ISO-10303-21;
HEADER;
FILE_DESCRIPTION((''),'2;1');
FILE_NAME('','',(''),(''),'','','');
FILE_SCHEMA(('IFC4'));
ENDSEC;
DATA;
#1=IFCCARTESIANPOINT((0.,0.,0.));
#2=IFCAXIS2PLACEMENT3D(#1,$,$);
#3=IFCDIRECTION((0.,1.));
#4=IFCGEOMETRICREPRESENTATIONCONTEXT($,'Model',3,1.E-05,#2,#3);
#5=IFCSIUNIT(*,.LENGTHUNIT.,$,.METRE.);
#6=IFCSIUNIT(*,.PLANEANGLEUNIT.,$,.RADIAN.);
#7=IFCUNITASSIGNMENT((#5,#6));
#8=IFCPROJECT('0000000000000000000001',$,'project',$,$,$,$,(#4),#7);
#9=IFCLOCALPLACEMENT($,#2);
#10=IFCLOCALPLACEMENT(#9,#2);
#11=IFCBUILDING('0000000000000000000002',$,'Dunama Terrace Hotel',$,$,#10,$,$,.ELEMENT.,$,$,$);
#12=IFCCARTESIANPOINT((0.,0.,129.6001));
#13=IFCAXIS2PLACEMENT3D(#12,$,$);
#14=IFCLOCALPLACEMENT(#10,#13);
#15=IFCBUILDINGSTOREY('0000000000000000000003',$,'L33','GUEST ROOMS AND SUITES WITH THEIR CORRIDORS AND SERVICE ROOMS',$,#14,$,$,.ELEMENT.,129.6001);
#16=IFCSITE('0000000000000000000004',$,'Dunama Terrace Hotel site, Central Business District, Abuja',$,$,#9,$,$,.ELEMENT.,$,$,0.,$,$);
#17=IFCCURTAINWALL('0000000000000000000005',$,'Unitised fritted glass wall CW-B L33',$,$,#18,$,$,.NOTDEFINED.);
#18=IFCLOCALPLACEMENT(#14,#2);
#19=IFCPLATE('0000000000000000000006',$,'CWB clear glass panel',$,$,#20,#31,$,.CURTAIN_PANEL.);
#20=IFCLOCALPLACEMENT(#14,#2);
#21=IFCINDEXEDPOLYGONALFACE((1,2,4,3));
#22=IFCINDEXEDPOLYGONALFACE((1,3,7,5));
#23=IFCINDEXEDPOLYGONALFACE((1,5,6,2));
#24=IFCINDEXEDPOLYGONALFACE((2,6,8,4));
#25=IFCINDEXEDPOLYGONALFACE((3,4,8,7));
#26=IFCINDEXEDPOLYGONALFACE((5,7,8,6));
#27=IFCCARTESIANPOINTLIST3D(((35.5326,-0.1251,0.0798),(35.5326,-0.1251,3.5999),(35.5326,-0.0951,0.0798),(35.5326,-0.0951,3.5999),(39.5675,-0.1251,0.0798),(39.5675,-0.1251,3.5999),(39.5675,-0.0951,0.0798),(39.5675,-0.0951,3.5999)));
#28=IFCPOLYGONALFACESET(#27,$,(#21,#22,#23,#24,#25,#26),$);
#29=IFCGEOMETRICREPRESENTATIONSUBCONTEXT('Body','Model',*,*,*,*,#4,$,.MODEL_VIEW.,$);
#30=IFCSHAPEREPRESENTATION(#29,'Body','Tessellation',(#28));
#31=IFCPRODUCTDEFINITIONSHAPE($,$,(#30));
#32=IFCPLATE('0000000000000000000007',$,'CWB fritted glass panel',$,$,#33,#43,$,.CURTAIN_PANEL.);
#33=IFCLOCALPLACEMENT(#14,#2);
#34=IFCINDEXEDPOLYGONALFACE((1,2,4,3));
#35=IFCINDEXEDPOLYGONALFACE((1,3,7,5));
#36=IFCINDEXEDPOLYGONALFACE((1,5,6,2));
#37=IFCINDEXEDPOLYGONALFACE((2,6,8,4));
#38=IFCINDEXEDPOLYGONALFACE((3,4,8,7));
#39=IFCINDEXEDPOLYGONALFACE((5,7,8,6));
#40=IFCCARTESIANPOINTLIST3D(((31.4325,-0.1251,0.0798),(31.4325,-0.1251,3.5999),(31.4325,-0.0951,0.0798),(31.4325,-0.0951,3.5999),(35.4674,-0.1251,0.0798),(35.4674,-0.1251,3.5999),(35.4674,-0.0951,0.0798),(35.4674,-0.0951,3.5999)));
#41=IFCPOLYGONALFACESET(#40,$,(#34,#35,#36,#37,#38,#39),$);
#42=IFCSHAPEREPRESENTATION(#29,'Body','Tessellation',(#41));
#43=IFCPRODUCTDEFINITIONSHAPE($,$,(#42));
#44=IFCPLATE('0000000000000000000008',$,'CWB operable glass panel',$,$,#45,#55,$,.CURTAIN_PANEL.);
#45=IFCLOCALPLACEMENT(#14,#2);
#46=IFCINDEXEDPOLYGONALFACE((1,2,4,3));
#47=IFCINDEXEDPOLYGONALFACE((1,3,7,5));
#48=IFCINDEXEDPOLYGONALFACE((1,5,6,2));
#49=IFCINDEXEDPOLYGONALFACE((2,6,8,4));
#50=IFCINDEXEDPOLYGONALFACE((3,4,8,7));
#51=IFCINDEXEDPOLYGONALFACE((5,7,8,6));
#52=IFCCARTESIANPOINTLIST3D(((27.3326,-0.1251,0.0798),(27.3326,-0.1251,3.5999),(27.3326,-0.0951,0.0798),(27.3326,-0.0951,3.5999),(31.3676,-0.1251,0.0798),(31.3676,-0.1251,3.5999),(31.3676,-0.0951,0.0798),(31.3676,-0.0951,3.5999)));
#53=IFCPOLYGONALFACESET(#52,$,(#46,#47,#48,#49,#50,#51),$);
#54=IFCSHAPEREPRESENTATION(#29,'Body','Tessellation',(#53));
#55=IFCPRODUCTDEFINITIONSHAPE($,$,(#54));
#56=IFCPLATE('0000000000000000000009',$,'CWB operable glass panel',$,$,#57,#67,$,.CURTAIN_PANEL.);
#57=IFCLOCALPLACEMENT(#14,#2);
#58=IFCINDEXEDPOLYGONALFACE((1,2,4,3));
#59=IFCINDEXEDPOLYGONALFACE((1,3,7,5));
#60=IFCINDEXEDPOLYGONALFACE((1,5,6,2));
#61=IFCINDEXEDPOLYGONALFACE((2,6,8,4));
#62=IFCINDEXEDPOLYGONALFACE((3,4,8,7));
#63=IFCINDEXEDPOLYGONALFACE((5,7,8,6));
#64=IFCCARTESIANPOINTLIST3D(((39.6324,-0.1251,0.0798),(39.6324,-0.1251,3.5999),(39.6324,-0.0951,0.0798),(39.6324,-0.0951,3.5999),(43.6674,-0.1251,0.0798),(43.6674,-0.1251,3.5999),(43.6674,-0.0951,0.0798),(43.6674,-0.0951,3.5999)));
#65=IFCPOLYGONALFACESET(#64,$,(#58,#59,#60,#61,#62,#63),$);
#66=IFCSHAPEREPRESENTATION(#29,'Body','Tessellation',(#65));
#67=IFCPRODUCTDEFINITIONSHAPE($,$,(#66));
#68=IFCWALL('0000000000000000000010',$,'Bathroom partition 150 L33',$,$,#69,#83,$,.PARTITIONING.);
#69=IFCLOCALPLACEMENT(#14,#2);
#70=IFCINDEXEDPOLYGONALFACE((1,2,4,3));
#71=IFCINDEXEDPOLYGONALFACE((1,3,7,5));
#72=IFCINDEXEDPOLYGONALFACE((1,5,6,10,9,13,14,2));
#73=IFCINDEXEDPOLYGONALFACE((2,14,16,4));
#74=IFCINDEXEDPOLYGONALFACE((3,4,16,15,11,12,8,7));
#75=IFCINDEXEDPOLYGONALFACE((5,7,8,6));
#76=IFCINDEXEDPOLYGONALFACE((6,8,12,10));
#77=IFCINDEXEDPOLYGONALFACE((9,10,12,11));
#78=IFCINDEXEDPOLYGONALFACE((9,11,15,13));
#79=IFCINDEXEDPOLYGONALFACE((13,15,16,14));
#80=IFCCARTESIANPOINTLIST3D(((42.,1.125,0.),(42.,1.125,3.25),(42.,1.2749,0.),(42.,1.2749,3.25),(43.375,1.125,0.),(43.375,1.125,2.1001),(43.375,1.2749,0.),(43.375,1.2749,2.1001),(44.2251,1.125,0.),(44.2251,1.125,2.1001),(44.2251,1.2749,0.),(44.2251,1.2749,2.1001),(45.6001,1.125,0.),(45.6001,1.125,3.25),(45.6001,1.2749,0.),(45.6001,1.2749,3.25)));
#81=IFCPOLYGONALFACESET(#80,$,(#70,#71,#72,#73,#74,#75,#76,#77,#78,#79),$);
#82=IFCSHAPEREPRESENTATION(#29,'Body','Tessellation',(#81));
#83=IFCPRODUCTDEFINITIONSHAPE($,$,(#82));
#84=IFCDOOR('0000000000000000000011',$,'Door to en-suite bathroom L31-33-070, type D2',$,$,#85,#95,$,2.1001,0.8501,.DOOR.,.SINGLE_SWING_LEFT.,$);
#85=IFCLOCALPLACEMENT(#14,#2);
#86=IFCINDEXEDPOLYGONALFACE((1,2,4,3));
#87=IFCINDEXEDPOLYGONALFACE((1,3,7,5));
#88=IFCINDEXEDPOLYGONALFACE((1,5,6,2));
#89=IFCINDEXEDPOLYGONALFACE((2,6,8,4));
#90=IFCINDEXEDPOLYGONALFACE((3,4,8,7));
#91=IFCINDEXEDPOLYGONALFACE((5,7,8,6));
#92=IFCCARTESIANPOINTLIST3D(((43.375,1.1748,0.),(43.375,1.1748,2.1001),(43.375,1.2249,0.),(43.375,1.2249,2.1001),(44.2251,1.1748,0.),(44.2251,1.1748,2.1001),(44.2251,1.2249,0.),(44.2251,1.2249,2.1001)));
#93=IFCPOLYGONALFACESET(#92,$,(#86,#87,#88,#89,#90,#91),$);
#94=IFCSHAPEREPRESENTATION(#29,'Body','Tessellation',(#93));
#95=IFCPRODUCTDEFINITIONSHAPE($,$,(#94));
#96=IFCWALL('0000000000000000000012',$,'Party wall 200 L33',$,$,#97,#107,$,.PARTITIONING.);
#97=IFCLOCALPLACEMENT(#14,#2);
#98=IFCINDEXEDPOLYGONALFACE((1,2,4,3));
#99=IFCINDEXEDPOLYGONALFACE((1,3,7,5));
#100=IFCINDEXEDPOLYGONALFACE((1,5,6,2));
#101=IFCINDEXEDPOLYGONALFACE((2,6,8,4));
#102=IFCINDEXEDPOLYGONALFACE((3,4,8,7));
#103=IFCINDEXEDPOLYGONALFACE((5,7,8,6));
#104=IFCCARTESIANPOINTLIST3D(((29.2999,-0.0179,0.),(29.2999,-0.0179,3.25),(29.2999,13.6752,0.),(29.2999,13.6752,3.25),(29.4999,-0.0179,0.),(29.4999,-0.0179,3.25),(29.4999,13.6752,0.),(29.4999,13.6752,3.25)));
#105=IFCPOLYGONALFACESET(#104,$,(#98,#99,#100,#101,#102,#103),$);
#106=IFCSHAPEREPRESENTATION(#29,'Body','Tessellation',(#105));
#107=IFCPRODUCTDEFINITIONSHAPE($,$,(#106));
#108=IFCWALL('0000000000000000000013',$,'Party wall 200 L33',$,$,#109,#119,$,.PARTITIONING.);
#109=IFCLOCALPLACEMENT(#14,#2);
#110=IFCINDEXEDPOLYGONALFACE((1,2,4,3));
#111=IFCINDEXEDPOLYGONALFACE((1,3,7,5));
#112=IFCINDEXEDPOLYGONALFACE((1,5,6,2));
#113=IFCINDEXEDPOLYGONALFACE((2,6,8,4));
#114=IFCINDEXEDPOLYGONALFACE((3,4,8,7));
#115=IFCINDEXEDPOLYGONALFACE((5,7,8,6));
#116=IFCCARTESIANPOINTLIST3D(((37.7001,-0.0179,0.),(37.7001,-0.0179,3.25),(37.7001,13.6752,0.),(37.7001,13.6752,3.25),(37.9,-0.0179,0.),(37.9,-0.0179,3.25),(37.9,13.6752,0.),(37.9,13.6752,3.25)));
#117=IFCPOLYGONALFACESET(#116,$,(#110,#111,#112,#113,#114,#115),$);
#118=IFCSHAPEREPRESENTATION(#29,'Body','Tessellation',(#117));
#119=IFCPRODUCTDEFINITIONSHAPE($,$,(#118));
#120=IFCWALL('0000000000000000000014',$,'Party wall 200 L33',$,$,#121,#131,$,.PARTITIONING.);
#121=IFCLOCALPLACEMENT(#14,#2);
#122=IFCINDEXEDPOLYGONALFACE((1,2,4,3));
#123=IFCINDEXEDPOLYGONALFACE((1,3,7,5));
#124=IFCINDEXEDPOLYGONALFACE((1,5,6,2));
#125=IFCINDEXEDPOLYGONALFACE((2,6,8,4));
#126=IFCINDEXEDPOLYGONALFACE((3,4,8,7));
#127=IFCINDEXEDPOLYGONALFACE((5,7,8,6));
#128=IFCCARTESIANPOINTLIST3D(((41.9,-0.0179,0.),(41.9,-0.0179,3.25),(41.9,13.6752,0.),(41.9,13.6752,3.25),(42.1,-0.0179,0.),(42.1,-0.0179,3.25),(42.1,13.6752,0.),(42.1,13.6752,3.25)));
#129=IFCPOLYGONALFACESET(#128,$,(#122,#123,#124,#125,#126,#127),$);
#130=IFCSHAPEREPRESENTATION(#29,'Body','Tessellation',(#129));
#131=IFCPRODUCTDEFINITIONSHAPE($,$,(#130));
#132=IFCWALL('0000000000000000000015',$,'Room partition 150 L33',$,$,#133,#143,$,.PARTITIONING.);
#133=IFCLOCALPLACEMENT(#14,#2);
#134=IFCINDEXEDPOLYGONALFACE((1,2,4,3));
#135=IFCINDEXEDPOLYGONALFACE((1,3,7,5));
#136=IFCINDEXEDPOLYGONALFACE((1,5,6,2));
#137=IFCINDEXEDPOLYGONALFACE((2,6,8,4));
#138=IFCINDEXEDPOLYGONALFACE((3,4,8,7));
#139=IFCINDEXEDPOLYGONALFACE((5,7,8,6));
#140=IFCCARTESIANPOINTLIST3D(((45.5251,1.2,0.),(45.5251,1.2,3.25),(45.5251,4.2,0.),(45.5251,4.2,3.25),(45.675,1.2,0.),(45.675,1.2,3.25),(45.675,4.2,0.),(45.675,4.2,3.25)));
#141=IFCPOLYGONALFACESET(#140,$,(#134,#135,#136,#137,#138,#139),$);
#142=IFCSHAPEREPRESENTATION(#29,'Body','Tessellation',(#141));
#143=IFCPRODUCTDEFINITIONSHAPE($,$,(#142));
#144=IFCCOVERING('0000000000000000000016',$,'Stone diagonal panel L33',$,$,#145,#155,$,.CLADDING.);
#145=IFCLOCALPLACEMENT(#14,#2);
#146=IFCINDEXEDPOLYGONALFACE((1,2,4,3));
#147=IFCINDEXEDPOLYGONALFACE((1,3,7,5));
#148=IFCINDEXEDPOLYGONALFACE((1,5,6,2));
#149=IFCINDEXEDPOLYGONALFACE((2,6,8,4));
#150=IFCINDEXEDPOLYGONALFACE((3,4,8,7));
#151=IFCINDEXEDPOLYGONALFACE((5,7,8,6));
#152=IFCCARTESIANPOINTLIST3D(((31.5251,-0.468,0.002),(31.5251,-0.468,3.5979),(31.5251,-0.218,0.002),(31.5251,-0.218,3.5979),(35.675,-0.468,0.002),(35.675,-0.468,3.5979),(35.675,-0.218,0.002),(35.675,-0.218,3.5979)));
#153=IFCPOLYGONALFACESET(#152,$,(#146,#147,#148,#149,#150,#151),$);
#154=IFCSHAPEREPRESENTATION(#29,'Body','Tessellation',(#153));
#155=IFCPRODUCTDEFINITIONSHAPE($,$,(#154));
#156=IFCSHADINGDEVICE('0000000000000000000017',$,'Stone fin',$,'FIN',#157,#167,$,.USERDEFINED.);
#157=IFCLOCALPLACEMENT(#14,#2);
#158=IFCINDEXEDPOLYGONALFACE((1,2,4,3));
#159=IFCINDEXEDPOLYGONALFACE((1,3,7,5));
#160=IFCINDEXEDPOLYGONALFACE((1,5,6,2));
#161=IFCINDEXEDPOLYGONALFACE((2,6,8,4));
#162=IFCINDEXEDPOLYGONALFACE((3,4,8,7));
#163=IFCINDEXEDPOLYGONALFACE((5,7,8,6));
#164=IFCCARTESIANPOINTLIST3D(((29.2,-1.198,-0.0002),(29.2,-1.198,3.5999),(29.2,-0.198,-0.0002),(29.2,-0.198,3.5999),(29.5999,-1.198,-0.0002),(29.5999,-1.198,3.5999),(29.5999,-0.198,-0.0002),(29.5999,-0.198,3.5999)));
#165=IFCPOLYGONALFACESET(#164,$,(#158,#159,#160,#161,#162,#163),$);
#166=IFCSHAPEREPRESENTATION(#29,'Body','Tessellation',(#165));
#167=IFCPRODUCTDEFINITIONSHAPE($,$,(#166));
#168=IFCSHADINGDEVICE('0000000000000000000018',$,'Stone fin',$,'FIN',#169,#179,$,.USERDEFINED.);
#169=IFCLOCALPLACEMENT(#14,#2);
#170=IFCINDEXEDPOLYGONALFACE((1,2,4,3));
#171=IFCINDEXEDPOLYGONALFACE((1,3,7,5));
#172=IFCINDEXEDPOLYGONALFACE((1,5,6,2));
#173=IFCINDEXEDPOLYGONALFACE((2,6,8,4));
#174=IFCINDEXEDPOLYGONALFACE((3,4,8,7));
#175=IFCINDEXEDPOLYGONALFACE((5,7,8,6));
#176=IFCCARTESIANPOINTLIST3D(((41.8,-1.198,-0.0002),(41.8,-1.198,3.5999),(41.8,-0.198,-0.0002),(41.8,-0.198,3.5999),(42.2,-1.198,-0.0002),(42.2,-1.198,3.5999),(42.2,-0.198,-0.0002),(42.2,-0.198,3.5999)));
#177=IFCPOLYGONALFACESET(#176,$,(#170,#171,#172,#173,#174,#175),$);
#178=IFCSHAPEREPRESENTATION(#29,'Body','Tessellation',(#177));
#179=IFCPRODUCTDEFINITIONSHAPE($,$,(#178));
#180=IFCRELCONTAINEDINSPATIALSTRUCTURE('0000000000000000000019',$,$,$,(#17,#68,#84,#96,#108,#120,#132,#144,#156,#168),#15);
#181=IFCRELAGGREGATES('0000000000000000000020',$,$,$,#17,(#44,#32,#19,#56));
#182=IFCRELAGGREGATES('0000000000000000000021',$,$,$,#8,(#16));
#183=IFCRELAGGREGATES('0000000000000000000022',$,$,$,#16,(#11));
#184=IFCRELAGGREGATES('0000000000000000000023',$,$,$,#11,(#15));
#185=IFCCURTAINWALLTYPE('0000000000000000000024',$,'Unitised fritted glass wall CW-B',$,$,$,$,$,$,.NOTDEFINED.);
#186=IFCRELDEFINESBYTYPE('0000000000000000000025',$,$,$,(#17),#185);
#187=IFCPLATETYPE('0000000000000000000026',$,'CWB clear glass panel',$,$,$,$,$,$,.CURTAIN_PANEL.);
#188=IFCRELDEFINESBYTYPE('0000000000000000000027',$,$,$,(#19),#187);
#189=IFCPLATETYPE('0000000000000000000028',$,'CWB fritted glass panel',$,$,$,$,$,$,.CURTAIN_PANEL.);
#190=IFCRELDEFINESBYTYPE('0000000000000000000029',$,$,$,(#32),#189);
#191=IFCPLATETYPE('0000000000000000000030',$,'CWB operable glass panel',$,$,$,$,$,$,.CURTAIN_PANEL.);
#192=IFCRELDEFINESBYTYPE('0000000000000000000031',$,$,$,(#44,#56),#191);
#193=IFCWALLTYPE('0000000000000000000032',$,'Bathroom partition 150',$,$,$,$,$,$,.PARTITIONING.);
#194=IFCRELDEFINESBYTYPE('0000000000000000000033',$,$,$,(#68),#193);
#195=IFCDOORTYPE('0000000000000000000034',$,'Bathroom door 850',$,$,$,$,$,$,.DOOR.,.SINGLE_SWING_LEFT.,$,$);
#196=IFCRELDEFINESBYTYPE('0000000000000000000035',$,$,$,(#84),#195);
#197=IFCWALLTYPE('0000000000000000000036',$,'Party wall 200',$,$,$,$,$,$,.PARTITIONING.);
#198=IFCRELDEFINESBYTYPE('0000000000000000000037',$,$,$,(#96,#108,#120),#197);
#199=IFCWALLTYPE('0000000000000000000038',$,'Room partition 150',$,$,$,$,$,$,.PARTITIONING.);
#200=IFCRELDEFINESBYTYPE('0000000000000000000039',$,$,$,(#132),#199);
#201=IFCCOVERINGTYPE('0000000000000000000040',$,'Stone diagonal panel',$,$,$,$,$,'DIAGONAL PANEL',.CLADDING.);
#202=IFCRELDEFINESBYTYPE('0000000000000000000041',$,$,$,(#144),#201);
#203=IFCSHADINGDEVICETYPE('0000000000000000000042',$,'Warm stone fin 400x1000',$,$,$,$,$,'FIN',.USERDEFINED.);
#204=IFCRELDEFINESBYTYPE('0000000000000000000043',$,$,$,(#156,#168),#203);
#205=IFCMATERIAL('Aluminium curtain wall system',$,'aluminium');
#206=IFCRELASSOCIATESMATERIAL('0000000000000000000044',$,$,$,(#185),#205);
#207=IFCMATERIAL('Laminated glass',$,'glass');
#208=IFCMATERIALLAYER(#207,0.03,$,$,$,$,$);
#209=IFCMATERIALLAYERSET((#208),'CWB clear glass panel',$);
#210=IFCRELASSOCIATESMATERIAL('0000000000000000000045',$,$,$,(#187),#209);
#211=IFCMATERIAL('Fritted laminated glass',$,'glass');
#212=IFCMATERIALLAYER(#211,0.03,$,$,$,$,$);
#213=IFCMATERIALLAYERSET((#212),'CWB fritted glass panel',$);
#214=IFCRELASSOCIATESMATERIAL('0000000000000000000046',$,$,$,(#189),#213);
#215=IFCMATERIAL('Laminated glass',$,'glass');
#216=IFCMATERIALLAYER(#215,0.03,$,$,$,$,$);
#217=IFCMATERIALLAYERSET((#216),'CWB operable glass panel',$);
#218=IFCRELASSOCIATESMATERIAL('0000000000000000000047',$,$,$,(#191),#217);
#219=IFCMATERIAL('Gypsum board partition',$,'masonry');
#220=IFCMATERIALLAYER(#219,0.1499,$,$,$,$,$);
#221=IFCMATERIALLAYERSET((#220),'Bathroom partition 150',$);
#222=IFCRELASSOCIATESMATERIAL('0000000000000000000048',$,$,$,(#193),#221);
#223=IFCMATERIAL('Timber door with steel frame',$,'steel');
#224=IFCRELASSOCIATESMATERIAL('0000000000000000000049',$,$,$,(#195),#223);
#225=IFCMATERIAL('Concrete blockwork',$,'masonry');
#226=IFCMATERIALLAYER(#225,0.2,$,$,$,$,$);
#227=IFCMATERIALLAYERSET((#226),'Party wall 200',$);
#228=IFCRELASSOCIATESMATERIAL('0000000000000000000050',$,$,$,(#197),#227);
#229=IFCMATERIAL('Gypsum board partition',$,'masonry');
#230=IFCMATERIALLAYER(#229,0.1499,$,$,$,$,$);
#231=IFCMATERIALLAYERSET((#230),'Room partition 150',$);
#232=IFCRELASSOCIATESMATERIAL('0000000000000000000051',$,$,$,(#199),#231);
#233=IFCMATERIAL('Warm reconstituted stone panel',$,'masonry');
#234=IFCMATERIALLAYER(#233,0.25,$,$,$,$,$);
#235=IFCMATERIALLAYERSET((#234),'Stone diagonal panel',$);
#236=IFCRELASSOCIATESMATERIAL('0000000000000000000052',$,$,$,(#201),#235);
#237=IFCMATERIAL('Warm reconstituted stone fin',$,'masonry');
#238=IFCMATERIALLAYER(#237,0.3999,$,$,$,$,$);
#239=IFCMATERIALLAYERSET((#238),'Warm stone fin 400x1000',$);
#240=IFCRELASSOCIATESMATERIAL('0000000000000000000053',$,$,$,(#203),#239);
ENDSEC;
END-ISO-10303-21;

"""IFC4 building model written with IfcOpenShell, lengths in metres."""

from ifc_helpers import new_model, si_unit, direction, frame, frame_2d, origin, origin_2d, place, context, subcontext, project, spatial, rectangle, extrude, material, layer, layer_set, type_object, element, fill, aggregate, save


model = new_model("IFC4")

# Units and contexts
model_context = context("Model", 3, precision=1e-05, world=origin(), true_north=direction((0.0, 1.0)))
body_context = subcontext(model_context, "Body", "Model", "MODEL_VIEW")
ifc_project = project(units=[si_unit("LENGTHUNIT", "METRE"), si_unit("PLANEANGLEUNIT", "RADIAN")], contexts=[model_context])

# Site, building, storey
site_placement = place(None, origin())
site = spatial("IfcSite", under=ifc_project, at=site_placement, Name="Dunama Terrace Hotel site, Central Business District, Abuja", CompositionType="ELEMENT", RefElevation=0.0)
building_placement = place(site_placement, origin())
building = spatial("IfcBuilding", under=site, at=building_placement, Name="Dunama Terrace Hotel", CompositionType="ELEMENT")
storey_placement = place(building_placement, frame((0.0, 0.0, 129.6001)))
storey = spatial("IfcBuildingStorey", under=building, at=storey_placement, Name="L33", Description="GUEST ROOMS AND SUITES WITH THEIR CORRIDORS AND SERVICE ROOMS", CompositionType="ELEMENT", Elevation=129.6001)

# Curtain wall
ifc_material_1 = material(Name="Aluminium curtain wall system", Category="aluminium")
curtain_wall_type = type_object("IfcCurtainWallType", Name="Unitised fritted glass wall CW-B", PredefinedType="NOTDEFINED", material=ifc_material_1)
curtain_wall_placement = place(storey_placement, origin())
curtain_wall = element("IfcCurtainWall", 1, at=curtain_wall_placement, inside=storey, type_object=curtain_wall_type, Name="Unitised fritted glass wall CW-B L33", PredefinedType="NOTDEFINED")

# Plates
ifc_material_2 = material(Name="Laminated glass", Category="glass")
ifc_layer_1 = layer(ifc_material_2, 0.03)
ifc_layer_set_1 = layer_set([ifc_layer_1], Name="CWB clear glass panel")
plate_type_1 = type_object("IfcPlateType", Name="CWB clear glass panel", PredefinedType="CURTAIN_PANEL", material=ifc_layer_set_1)
plate_1_placement = place(storey_placement, frame((37.55, -0.1101, 0.0798), z_axis=(0.0, 0.0, 1.0), x_axis=(1.0, 0.0, 0.0)))
plate_1 = element("IfcPlate", 2, at=plate_1_placement, type_object=plate_type_1, Name="CWB clear glass panel", PredefinedType="CURTAIN_PANEL", context=body_context, shape_type="SweptSolid", body=[
    extrude(rectangle(XDim=4.0349, YDim=0.03, at=origin_2d()), origin(), (0.0, 0.0, 1.0), 3.52),
])
ifc_material_3 = material(Name="Fritted laminated glass", Category="glass")
ifc_layer_2 = layer(ifc_material_3, 0.03)
ifc_layer_set_2 = layer_set([ifc_layer_2], Name="CWB fritted glass panel")
plate_type_2 = type_object("IfcPlateType", Name="CWB fritted glass panel", PredefinedType="CURTAIN_PANEL", material=ifc_layer_set_2)
plate_2_placement = place(storey_placement, frame((33.45, -0.1101, 0.0798), z_axis=(0.0, 0.0, 1.0), x_axis=(1.0, 0.0, 0.0)))
plate_2 = element("IfcPlate", 3, at=plate_2_placement, type_object=plate_type_2, Name="CWB fritted glass panel", PredefinedType="CURTAIN_PANEL", context=body_context, shape_type="SweptSolid", body=[
    extrude(rectangle(XDim=4.0349, YDim=0.03, at=origin_2d()), origin(), (0.0, 0.0, 1.0), 3.52),
])
ifc_material_4 = material(Name="Laminated glass", Category="glass")
ifc_layer_3 = layer(ifc_material_4, 0.03)
ifc_layer_set_3 = layer_set([ifc_layer_3], Name="CWB operable glass panel")
plate_type_3 = type_object("IfcPlateType", Name="CWB operable glass panel", PredefinedType="CURTAIN_PANEL", material=ifc_layer_set_3)
plate_3_placement = place(storey_placement, frame((29.3501, -0.1101, 0.0798), z_axis=(0.0, 0.0, 1.0), x_axis=(1.0, 0.0, 0.0)))
plate_3 = element("IfcPlate", 4, at=plate_3_placement, type_object=plate_type_3, Name="CWB operable glass panel", PredefinedType="CURTAIN_PANEL", context=body_context, shape_type="SweptSolid", body=[
    extrude(rectangle(XDim=4.0349, YDim=0.03, at=origin_2d()), origin(), (0.0, 0.0, 1.0), 3.52),
])
plate_4_placement = place(storey_placement, frame((41.6499, -0.1101, 0.0798), z_axis=(0.0, 0.0, 1.0), x_axis=(1.0, 0.0, 0.0)))
plate_4 = element("IfcPlate", 5, at=plate_4_placement, type_object=plate_type_3, Name="CWB operable glass panel", PredefinedType="CURTAIN_PANEL", context=body_context, shape_type="SweptSolid", body=[
    extrude(rectangle(XDim=4.0349, YDim=0.03, at=origin_2d()), origin(), (0.0, 0.0, 1.0), 3.52),
])
aggregate(curtain_wall, [plate_3, plate_2, plate_1, plate_4])

# Wall, opening, door
ifc_material_5 = material(Name="Gypsum board partition", Category="masonry")
ifc_layer_4 = layer(ifc_material_5, 0.1499)
ifc_layer_set_4 = layer_set([ifc_layer_4], Name="Bathroom partition 150")
wall_type_1 = type_object("IfcWallType", Name="Bathroom partition 150", PredefinedType="PARTITIONING", material=ifc_layer_set_4)
wall_1_placement = place(storey_placement, frame((42.0, 1.2, 0.0), z_axis=(0.0, 0.0, 1.0), x_axis=(1.0, 0.0, 0.0)))
wall_1 = element("IfcWall", 6, at=wall_1_placement, inside=storey, type_object=wall_type_1, Name="Bathroom partition 150 L33", PredefinedType="PARTITIONING", context=body_context, shape_type="SweptSolid", body=[
    extrude(rectangle(XDim=3.6001, YDim=0.1499, at=frame_2d((1.8, 0.0))), origin(), (0.0, 0.0, 1.0), 3.25),
])
opening_placement = place(wall_1_placement, frame((1.375, 0.0, 0.0)))
opening = element("IfcOpeningElement", 7, at=opening_placement, cuts=wall_1, PredefinedType="OPENING", context=body_context, shape_type="SweptSolid", body=[
    extrude(rectangle(XDim=0.8501, YDim=2.1001, at=frame_2d((0.425, 1.05))), frame((0.0, 0.085, 0.0), z_axis=(0.0, -1.0, 0.0), x_axis=(1.0, 0.0, 0.0)), (0.0, 0.0, 1.0), 0.1699),
])
ifc_material_6 = material(Name="Timber door with steel frame", Category="steel")
door_type = type_object("IfcDoorType", Name="Bathroom door 850", OperationType="SINGLE_SWING_LEFT", PredefinedType="DOOR", material=ifc_material_6)
door_placement = place(opening_placement, origin())
door = element("IfcDoor", 8, at=door_placement, inside=storey, type_object=door_type, Name="Door to en-suite bathroom L31-33-070, type D2", OperationType="SINGLE_SWING_LEFT", OverallHeight=2.1001, OverallWidth=0.8501, PredefinedType="DOOR", context=body_context, shape_type="SweptSolid", body=[
    extrude(rectangle(XDim=0.8501, YDim=2.1001, at=frame_2d((0.425, 1.05))), frame((0.0, 0.0249, 0.0), z_axis=(0.0, -1.0, 0.0), x_axis=(1.0, 0.0, 0.0)), (0.0, 0.0, 1.0), 0.05),
])
fill(opening, door)

# Walls
ifc_material_7 = material(Name="Concrete blockwork", Category="masonry")
ifc_layer_5 = layer(ifc_material_7, 0.2)
ifc_layer_set_5 = layer_set([ifc_layer_5], Name="Party wall 200")
wall_type_2 = type_object("IfcWallType", Name="Party wall 200", PredefinedType="PARTITIONING", material=ifc_layer_set_5)
for number, where, z_axis, x_axis, name in (
    (9, (29.3999, -0.0181, 0.0), (0.0, 0.0, 1.0), (0.0, 1.0, 0.0), "Party wall 200 L33"),
    (10, (37.8, -0.0181, 0.0), (0.0, 0.0, 1.0), (0.0, 1.0, 0.0), "Party wall 200 L33"),
    (11, (42.0, -0.0181, 0.0), (0.0, 0.0, 1.0), (0.0, 1.0, 0.0), "Party wall 200 L33"),
):
    element("IfcWall", number, at=place(storey_placement, frame(where, z_axis=z_axis, x_axis=x_axis)), inside=storey, type_object=wall_type_2, Name=name, PredefinedType="PARTITIONING", context=body_context, shape_type="SweptSolid", body=[
        extrude(rectangle(XDim=13.6931, YDim=0.2, at=frame_2d((6.8467, 0.0))), origin(), (0.0, 0.0, 1.0), 3.25),
    ])
ifc_material_8 = material(Name="Gypsum board partition", Category="masonry")
ifc_layer_6 = layer(ifc_material_8, 0.1499)
ifc_layer_set_6 = layer_set([ifc_layer_6], Name="Room partition 150")
wall_type_3 = type_object("IfcWallType", Name="Room partition 150", PredefinedType="PARTITIONING", material=ifc_layer_set_6)
wall_2_placement = place(storey_placement, frame((45.6001, 1.2, 0.0), z_axis=(0.0, 0.0, 1.0), x_axis=(0.0, 1.0, 0.0)))
element("IfcWall", 12, at=wall_2_placement, inside=storey, type_object=wall_type_3, Name="Room partition 150 L33", PredefinedType="PARTITIONING", context=body_context, shape_type="SweptSolid", body=[
    extrude(rectangle(XDim=3.0, YDim=0.1499, at=frame_2d((1.5, 0.0))), origin(), (0.0, 0.0, 1.0), 3.25),
])

# Covering
ifc_material_9 = material(Name="Warm reconstituted stone panel", Category="masonry")
ifc_layer_7 = layer(ifc_material_9, 0.25)
ifc_layer_set_7 = layer_set([ifc_layer_7], Name="Stone diagonal panel")
covering_type = type_object("IfcCoveringType", Name="Stone diagonal panel", ElementType="DIAGONAL PANEL", PredefinedType="CLADDING", material=ifc_layer_set_7)
covering_placement = place(storey_placement, frame((33.6001, -0.343, 0.002), z_axis=(0.0, 0.0, 1.0), x_axis=(1.0, 0.0, 0.0)))
element("IfcCovering", 13, at=covering_placement, inside=storey, type_object=covering_type, Name="Stone diagonal panel L33", PredefinedType="CLADDING", context=body_context, shape_type="SweptSolid", body=[
    extrude(rectangle(XDim=4.1499, YDim=0.25, at=origin_2d()), origin(), (0.0, 0.0, 1.0), 3.5959),
])

# Shading devices
ifc_material_10 = material(Name="Warm reconstituted stone fin", Category="masonry")
ifc_layer_8 = layer(ifc_material_10, 0.3999)
ifc_layer_set_8 = layer_set([ifc_layer_8], Name="Warm stone fin 400x1000")
shading_device_type = type_object("IfcShadingDeviceType", Name="Warm stone fin 400x1000", ElementType="FIN", PredefinedType="USERDEFINED", material=ifc_layer_set_8)
for number, where, z_axis, x_axis, name in (
    (14, (29.3999, -0.698, -0.0002), (0.0, 0.0, 1.0), (1.0, 0.0, 0.0), "Stone fin"),
    (15, (42.0, -0.698, -0.0002), (0.0, 0.0, 1.0), (1.0, 0.0, 0.0), "Stone fin"),
):
    element("IfcShadingDevice", number, at=place(storey_placement, frame(where, z_axis=z_axis, x_axis=x_axis)), inside=storey, type_object=shading_device_type, Name=name, ObjectType="FIN", PredefinedType="USERDEFINED", context=body_context, shape_type="SweptSolid", body=[
        extrude(rectangle(XDim=0.3999, YDim=1.0, at=origin_2d()), origin(), (0.0, 0.0, 1.0), 3.6001),
    ])

save(model, "model.ifc")
